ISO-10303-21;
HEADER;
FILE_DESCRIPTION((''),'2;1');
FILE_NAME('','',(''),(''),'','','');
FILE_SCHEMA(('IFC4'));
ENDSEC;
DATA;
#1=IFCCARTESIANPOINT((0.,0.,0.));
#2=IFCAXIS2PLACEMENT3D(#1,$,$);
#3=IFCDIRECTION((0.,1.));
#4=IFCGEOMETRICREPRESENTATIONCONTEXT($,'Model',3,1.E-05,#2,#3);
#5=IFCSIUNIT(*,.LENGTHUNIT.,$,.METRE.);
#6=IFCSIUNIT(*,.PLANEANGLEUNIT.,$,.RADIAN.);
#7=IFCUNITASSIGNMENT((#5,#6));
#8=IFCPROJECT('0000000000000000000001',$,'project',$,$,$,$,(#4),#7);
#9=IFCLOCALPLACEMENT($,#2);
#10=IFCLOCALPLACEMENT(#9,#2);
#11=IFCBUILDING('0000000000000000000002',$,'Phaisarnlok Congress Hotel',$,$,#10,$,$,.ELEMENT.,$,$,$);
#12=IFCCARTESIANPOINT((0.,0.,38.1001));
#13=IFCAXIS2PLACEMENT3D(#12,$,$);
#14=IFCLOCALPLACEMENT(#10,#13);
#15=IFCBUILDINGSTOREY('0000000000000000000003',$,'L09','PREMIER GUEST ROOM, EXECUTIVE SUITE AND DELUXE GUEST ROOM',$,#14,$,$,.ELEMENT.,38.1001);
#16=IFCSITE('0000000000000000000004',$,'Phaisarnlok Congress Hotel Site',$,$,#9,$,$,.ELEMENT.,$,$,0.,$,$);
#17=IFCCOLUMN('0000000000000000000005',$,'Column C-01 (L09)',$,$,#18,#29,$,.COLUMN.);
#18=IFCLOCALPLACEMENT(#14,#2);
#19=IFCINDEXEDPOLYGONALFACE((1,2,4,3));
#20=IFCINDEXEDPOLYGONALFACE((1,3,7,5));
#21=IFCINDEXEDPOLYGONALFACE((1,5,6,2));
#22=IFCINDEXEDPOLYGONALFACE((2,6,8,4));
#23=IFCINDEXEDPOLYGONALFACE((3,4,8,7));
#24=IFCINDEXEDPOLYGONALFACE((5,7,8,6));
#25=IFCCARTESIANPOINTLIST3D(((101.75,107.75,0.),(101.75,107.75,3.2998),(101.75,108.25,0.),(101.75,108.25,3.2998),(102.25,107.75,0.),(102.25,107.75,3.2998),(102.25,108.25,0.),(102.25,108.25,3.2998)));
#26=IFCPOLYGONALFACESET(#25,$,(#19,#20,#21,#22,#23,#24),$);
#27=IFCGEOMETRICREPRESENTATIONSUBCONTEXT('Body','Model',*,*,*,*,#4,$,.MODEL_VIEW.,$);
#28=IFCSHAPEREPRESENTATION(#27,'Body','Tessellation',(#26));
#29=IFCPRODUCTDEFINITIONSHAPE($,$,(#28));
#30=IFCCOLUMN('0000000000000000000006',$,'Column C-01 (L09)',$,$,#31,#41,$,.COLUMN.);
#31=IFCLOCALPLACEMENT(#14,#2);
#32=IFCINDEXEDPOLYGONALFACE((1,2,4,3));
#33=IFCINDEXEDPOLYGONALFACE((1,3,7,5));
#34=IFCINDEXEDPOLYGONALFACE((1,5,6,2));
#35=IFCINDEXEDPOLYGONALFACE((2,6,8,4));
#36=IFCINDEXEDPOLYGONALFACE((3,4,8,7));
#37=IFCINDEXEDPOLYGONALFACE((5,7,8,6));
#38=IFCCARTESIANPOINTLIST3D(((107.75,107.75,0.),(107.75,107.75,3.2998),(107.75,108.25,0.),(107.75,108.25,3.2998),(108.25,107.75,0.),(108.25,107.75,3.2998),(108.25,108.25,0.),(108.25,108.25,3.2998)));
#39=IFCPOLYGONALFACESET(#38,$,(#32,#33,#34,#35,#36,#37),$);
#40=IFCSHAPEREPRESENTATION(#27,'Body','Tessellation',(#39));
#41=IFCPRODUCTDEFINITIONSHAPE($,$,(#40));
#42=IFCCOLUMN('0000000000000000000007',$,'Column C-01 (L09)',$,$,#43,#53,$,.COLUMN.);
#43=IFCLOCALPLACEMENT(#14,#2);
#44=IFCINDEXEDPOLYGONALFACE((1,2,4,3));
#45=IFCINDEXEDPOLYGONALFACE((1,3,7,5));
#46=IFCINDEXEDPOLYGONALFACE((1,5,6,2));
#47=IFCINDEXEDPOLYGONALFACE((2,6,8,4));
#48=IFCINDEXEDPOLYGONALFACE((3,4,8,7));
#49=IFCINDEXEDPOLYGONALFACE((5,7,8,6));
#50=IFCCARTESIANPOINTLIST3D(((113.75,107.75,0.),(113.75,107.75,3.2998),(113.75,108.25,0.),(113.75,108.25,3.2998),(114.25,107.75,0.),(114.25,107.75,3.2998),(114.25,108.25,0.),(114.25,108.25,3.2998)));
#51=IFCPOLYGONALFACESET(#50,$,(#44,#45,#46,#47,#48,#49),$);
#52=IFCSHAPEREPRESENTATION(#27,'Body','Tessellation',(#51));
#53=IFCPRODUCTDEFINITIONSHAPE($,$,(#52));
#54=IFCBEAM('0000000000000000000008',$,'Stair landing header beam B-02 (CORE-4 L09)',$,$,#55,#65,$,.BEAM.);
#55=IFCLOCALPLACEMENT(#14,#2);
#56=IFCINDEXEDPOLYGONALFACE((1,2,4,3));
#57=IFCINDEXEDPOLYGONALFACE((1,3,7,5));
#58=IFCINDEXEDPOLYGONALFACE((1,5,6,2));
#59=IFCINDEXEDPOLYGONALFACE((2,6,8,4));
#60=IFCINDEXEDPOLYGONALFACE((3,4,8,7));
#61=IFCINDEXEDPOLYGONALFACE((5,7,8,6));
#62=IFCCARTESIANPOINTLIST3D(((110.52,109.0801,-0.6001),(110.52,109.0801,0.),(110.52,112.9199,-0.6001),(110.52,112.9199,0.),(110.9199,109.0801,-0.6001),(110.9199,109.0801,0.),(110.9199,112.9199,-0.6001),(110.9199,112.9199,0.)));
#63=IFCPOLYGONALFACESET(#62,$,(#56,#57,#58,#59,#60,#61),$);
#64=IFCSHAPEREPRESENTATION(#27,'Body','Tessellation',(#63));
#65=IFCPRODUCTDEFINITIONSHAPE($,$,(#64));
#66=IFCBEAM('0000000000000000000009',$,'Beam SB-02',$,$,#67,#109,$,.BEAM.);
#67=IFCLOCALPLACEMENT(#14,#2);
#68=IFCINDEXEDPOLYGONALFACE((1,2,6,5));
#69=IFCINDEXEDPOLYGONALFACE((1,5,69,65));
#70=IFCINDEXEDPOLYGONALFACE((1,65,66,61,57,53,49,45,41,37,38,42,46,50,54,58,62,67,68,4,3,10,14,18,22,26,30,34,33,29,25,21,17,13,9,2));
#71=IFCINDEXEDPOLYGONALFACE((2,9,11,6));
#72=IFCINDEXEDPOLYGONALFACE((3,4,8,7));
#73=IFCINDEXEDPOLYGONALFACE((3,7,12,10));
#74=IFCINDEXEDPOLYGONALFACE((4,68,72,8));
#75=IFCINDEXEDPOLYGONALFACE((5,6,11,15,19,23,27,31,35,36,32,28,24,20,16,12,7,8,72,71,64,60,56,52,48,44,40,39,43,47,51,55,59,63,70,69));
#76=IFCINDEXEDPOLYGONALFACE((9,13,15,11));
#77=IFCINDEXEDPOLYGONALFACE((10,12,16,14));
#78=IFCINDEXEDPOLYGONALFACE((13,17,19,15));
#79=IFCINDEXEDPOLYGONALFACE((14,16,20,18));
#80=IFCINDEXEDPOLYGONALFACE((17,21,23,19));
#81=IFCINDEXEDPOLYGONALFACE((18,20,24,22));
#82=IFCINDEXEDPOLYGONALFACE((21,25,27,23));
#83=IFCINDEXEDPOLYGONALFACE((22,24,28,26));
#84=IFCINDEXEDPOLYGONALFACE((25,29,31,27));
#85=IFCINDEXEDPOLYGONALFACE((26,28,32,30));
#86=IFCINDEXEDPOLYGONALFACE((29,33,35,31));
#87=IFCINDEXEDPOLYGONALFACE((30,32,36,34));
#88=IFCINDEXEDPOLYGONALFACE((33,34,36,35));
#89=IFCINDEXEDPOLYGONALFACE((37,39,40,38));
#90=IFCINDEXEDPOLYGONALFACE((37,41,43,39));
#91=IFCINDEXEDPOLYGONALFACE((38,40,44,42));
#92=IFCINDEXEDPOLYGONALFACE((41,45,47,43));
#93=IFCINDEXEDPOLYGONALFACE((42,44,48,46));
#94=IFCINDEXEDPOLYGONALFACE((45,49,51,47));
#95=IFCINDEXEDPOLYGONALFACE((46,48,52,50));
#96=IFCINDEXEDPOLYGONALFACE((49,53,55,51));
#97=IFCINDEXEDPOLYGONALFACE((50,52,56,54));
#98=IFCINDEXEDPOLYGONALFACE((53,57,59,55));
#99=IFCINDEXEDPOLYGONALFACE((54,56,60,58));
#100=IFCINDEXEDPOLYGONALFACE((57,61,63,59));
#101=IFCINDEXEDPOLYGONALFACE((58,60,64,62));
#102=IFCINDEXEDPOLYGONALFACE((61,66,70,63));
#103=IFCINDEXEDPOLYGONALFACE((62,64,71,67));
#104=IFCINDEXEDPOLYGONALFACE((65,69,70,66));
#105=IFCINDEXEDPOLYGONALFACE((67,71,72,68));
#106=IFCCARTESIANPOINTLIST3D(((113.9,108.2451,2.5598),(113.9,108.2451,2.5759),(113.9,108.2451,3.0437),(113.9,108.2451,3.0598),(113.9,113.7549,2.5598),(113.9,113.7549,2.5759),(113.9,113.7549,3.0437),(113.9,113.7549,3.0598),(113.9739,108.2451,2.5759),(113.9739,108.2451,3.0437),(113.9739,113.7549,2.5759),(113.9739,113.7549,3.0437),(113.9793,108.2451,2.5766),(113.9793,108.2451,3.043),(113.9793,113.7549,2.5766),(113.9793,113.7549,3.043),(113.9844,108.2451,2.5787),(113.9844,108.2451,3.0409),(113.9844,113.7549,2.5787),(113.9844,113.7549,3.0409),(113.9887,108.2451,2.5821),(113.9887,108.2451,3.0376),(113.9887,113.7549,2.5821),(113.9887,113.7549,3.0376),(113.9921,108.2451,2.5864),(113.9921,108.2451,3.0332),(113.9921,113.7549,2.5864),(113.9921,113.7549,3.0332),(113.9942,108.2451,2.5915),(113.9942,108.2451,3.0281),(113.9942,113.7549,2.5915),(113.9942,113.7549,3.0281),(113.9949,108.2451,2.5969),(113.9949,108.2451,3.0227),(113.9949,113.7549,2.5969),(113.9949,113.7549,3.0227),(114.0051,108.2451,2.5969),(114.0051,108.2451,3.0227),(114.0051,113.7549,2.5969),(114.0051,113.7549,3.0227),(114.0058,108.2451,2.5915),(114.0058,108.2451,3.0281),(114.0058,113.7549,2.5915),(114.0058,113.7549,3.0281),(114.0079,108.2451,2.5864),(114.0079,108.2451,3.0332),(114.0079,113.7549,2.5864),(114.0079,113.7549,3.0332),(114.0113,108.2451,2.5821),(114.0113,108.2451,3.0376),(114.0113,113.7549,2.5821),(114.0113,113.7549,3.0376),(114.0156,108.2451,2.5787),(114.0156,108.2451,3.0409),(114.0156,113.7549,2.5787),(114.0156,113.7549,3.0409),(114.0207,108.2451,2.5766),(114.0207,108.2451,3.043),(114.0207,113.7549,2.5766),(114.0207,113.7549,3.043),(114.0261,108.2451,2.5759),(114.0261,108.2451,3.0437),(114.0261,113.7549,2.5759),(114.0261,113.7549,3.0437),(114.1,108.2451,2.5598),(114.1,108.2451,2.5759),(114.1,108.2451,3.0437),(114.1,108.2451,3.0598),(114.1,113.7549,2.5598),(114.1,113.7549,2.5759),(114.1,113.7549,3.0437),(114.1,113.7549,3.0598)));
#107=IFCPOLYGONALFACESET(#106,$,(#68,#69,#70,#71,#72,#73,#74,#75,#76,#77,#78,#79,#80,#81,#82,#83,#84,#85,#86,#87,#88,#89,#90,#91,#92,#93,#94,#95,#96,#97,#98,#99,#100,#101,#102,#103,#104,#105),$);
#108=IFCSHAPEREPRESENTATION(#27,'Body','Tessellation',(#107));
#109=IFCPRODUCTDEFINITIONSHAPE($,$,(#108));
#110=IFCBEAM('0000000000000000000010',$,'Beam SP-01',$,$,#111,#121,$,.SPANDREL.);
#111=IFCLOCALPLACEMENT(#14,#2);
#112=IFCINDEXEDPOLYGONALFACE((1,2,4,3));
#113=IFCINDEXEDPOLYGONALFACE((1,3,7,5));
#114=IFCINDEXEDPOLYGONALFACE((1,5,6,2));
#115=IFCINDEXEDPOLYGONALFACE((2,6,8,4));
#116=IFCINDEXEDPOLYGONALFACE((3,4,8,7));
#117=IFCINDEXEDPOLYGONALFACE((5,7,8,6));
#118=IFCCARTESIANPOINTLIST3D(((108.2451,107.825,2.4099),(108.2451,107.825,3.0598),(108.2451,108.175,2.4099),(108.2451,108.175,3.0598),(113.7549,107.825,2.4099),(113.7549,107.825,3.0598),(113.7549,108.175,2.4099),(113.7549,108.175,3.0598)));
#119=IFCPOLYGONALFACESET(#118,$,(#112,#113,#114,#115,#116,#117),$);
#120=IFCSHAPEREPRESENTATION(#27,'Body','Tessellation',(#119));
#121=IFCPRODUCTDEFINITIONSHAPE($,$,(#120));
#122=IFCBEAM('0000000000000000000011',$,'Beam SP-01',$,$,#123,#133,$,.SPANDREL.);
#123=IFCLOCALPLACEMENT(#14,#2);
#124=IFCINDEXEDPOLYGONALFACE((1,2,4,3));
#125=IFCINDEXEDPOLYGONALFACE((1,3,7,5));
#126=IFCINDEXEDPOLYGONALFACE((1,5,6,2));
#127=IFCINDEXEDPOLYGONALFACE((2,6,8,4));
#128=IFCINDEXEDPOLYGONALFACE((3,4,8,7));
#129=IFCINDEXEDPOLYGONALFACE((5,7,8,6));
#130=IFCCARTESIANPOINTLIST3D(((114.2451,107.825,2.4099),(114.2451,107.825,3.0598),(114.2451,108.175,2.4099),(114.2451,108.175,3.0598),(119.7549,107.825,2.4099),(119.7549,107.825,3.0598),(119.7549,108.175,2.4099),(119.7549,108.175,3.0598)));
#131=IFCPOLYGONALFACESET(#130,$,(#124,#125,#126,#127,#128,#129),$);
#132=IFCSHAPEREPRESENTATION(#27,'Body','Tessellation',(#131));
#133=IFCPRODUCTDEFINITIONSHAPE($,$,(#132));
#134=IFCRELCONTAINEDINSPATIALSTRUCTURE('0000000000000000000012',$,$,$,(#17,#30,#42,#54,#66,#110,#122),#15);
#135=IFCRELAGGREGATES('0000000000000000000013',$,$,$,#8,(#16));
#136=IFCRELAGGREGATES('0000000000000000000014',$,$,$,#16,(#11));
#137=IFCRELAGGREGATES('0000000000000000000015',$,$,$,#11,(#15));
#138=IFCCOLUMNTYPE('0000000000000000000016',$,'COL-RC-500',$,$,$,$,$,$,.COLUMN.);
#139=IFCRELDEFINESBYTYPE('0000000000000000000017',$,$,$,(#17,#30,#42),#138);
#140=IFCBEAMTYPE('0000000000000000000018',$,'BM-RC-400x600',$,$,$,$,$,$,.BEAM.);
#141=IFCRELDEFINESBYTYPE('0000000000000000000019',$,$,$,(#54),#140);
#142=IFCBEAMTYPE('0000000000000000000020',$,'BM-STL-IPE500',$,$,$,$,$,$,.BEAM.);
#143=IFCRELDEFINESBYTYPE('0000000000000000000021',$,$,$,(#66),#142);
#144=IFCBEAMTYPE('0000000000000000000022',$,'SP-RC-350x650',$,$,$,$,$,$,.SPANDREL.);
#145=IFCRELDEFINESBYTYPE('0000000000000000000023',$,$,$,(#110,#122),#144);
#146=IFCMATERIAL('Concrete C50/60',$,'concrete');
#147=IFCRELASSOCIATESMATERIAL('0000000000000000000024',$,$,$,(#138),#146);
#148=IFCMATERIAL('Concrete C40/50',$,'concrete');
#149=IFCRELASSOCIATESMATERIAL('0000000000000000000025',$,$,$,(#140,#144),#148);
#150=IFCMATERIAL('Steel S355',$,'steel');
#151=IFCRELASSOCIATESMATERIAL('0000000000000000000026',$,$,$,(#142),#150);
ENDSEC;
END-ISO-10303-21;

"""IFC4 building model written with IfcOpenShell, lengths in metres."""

from ifc_helpers import new_model, si_unit, direction, frame, origin, origin_2d, place, context, subcontext, project, spatial, rectangle, i_section, extrude, material, material_profile, profile_set, type_object, element, save


model = new_model("IFC4")

# Units and contexts
model_context = context("Model", 3, precision=1e-05, world=origin(), true_north=direction((0.0, 1.0)))
body_context = subcontext(model_context, "Body", "Model", "MODEL_VIEW")
ifc_project = project(units=[si_unit("LENGTHUNIT", "METRE"), si_unit("PLANEANGLEUNIT", "RADIAN")], contexts=[model_context])

# Site, building, storey
site_placement = place(None, origin())
site = spatial("IfcSite", under=ifc_project, at=site_placement, Name="Phaisarnlok Congress Hotel Site", CompositionType="ELEMENT", RefElevation=0.0)
building_placement = place(site_placement, origin())
building = spatial("IfcBuilding", under=site, at=building_placement, Name="Phaisarnlok Congress Hotel", CompositionType="ELEMENT")
storey_placement = place(building_placement, frame((0.0, 0.0, 38.1001)))
storey = spatial("IfcBuildingStorey", under=building, at=storey_placement, Name="L09", Description="PREMIER GUEST ROOM, EXECUTIVE SUITE AND DELUXE GUEST ROOM", CompositionType="ELEMENT", Elevation=38.1001)

# Columns
ifc_material_1 = material(Name="Concrete C50/60", Category="concrete")
ifc_material_profile_1 = material_profile(ifc_material_1, rectangle(XDim=0.5, YDim=0.5, at=origin_2d()), Name="RC 500x500")
ifc_profile_set_1 = profile_set([ifc_material_profile_1], Name="Concrete C50/60")
column_type = type_object("IfcColumnType", Name="COL-RC-500", PredefinedType="COLUMN", material=ifc_profile_set_1)
for number, where, z_axis, x_axis, name in (
    (1, (102.0, 108.0, 0.0), (0.0, 0.0, 1.0), (1.0, 0.0, 0.0), "Column C-01 (L09)"),
    (2, (108.0, 108.0, 0.0), (0.0, 0.0, 1.0), (1.0, 0.0, 0.0), "Column C-01 (L09)"),
    (3, (114.0, 108.0, 0.0), (0.0, 0.0, 1.0), (1.0, 0.0, 0.0), "Column C-01 (L09)"),
):
    element("IfcColumn", number, at=place(storey_placement, frame(where, z_axis=z_axis, x_axis=x_axis)), inside=storey, type_object=column_type, Name=name, PredefinedType="COLUMN", context=body_context, shape_type="SweptSolid", body=[
        extrude(rectangle(XDim=0.5, YDim=0.5, at=origin_2d()), origin(), (0.0, 0.0, 1.0), 3.2998),
    ])

# Beams
ifc_material_2 = material(Name="Concrete C40/50", Category="concrete")
ifc_material_profile_2 = material_profile(ifc_material_2, rectangle(XDim=0.3999, YDim=0.6001, at=origin_2d()), Name="RC 400x600")
ifc_profile_set_2 = profile_set([ifc_material_profile_2], Name="Concrete C40/50")
beam_type_1 = type_object("IfcBeamType", Name="BM-RC-400x600", PredefinedType="BEAM", material=ifc_profile_set_2)
beam_1_placement = place(storey_placement, frame((110.72, 109.0801, -0.3), z_axis=(0.0, 1.0, 0.0), x_axis=(-1.0, 0.0, 0.0)))
element("IfcBeam", 4, at=beam_1_placement, inside=storey, type_object=beam_type_1, Name="Stair landing header beam B-02 (CORE-4 L09)", PredefinedType="BEAM", context=body_context, shape_type="SweptSolid", body=[
    extrude(rectangle(XDim=0.3999, YDim=0.6001, at=origin_2d()), origin(), (0.0, 0.0, 1.0), 3.8398),
])
ifc_material_3 = material(Name="Steel S355", Category="steel")
ifc_material_profile_3 = material_profile(ifc_material_3, i_section(OverallWidth=0.2, OverallDepth=0.5, WebThickness=0.0103, FlangeThickness=0.0161, FilletRadius=0.021, at=origin_2d()), Name="IPE 500")
ifc_profile_set_3 = profile_set([ifc_material_profile_3], Name="Steel S355")
beam_type_2 = type_object("IfcBeamType", Name="BM-STL-IPE500", PredefinedType="BEAM", material=ifc_profile_set_3)
beam_2_placement = place(storey_placement, frame((114.0, 108.2451, 2.8098), z_axis=(0.0, 1.0, 0.0), x_axis=(-1.0, 0.0, 0.0)))
element("IfcBeam", 5, at=beam_2_placement, inside=storey, type_object=beam_type_2, Name="Beam SB-02", PredefinedType="BEAM", context=body_context, shape_type="SweptSolid", body=[
    extrude(i_section(OverallWidth=0.2, OverallDepth=0.5, WebThickness=0.0103, FlangeThickness=0.0161, FilletRadius=0.021, at=origin_2d()), origin(), (0.0, 0.0, 1.0), 5.5098),
])
ifc_material_profile_4 = material_profile(ifc_material_2, rectangle(XDim=0.3501, YDim=0.6499, at=origin_2d()), Name="RC 350x650")
ifc_profile_set_4 = profile_set([ifc_material_profile_4], Name="Concrete C40/50")
beam_type_3 = type_object("IfcBeamType", Name="SP-RC-350x650", PredefinedType="SPANDREL", material=ifc_profile_set_4)
for number, where, z_axis, x_axis, name in (
    (6, (108.2451, 108.0, 2.7349), (1.0, 0.0, 0.0), (0.0, 1.0, 0.0), "Beam SP-01"),
    (7, (114.2451, 108.0, 2.7349), (1.0, 0.0, 0.0), (0.0, 1.0, 0.0), "Beam SP-01"),
):
    element("IfcBeam", number, at=place(storey_placement, frame(where, z_axis=z_axis, x_axis=x_axis)), inside=storey, type_object=beam_type_3, Name=name, PredefinedType="SPANDREL", context=body_context, shape_type="SweptSolid", body=[
        extrude(rectangle(XDim=0.3501, YDim=0.6499, at=origin_2d()), origin(), (0.0, 0.0, 1.0), 5.5098),
    ])

save(model, "model.ifc")
